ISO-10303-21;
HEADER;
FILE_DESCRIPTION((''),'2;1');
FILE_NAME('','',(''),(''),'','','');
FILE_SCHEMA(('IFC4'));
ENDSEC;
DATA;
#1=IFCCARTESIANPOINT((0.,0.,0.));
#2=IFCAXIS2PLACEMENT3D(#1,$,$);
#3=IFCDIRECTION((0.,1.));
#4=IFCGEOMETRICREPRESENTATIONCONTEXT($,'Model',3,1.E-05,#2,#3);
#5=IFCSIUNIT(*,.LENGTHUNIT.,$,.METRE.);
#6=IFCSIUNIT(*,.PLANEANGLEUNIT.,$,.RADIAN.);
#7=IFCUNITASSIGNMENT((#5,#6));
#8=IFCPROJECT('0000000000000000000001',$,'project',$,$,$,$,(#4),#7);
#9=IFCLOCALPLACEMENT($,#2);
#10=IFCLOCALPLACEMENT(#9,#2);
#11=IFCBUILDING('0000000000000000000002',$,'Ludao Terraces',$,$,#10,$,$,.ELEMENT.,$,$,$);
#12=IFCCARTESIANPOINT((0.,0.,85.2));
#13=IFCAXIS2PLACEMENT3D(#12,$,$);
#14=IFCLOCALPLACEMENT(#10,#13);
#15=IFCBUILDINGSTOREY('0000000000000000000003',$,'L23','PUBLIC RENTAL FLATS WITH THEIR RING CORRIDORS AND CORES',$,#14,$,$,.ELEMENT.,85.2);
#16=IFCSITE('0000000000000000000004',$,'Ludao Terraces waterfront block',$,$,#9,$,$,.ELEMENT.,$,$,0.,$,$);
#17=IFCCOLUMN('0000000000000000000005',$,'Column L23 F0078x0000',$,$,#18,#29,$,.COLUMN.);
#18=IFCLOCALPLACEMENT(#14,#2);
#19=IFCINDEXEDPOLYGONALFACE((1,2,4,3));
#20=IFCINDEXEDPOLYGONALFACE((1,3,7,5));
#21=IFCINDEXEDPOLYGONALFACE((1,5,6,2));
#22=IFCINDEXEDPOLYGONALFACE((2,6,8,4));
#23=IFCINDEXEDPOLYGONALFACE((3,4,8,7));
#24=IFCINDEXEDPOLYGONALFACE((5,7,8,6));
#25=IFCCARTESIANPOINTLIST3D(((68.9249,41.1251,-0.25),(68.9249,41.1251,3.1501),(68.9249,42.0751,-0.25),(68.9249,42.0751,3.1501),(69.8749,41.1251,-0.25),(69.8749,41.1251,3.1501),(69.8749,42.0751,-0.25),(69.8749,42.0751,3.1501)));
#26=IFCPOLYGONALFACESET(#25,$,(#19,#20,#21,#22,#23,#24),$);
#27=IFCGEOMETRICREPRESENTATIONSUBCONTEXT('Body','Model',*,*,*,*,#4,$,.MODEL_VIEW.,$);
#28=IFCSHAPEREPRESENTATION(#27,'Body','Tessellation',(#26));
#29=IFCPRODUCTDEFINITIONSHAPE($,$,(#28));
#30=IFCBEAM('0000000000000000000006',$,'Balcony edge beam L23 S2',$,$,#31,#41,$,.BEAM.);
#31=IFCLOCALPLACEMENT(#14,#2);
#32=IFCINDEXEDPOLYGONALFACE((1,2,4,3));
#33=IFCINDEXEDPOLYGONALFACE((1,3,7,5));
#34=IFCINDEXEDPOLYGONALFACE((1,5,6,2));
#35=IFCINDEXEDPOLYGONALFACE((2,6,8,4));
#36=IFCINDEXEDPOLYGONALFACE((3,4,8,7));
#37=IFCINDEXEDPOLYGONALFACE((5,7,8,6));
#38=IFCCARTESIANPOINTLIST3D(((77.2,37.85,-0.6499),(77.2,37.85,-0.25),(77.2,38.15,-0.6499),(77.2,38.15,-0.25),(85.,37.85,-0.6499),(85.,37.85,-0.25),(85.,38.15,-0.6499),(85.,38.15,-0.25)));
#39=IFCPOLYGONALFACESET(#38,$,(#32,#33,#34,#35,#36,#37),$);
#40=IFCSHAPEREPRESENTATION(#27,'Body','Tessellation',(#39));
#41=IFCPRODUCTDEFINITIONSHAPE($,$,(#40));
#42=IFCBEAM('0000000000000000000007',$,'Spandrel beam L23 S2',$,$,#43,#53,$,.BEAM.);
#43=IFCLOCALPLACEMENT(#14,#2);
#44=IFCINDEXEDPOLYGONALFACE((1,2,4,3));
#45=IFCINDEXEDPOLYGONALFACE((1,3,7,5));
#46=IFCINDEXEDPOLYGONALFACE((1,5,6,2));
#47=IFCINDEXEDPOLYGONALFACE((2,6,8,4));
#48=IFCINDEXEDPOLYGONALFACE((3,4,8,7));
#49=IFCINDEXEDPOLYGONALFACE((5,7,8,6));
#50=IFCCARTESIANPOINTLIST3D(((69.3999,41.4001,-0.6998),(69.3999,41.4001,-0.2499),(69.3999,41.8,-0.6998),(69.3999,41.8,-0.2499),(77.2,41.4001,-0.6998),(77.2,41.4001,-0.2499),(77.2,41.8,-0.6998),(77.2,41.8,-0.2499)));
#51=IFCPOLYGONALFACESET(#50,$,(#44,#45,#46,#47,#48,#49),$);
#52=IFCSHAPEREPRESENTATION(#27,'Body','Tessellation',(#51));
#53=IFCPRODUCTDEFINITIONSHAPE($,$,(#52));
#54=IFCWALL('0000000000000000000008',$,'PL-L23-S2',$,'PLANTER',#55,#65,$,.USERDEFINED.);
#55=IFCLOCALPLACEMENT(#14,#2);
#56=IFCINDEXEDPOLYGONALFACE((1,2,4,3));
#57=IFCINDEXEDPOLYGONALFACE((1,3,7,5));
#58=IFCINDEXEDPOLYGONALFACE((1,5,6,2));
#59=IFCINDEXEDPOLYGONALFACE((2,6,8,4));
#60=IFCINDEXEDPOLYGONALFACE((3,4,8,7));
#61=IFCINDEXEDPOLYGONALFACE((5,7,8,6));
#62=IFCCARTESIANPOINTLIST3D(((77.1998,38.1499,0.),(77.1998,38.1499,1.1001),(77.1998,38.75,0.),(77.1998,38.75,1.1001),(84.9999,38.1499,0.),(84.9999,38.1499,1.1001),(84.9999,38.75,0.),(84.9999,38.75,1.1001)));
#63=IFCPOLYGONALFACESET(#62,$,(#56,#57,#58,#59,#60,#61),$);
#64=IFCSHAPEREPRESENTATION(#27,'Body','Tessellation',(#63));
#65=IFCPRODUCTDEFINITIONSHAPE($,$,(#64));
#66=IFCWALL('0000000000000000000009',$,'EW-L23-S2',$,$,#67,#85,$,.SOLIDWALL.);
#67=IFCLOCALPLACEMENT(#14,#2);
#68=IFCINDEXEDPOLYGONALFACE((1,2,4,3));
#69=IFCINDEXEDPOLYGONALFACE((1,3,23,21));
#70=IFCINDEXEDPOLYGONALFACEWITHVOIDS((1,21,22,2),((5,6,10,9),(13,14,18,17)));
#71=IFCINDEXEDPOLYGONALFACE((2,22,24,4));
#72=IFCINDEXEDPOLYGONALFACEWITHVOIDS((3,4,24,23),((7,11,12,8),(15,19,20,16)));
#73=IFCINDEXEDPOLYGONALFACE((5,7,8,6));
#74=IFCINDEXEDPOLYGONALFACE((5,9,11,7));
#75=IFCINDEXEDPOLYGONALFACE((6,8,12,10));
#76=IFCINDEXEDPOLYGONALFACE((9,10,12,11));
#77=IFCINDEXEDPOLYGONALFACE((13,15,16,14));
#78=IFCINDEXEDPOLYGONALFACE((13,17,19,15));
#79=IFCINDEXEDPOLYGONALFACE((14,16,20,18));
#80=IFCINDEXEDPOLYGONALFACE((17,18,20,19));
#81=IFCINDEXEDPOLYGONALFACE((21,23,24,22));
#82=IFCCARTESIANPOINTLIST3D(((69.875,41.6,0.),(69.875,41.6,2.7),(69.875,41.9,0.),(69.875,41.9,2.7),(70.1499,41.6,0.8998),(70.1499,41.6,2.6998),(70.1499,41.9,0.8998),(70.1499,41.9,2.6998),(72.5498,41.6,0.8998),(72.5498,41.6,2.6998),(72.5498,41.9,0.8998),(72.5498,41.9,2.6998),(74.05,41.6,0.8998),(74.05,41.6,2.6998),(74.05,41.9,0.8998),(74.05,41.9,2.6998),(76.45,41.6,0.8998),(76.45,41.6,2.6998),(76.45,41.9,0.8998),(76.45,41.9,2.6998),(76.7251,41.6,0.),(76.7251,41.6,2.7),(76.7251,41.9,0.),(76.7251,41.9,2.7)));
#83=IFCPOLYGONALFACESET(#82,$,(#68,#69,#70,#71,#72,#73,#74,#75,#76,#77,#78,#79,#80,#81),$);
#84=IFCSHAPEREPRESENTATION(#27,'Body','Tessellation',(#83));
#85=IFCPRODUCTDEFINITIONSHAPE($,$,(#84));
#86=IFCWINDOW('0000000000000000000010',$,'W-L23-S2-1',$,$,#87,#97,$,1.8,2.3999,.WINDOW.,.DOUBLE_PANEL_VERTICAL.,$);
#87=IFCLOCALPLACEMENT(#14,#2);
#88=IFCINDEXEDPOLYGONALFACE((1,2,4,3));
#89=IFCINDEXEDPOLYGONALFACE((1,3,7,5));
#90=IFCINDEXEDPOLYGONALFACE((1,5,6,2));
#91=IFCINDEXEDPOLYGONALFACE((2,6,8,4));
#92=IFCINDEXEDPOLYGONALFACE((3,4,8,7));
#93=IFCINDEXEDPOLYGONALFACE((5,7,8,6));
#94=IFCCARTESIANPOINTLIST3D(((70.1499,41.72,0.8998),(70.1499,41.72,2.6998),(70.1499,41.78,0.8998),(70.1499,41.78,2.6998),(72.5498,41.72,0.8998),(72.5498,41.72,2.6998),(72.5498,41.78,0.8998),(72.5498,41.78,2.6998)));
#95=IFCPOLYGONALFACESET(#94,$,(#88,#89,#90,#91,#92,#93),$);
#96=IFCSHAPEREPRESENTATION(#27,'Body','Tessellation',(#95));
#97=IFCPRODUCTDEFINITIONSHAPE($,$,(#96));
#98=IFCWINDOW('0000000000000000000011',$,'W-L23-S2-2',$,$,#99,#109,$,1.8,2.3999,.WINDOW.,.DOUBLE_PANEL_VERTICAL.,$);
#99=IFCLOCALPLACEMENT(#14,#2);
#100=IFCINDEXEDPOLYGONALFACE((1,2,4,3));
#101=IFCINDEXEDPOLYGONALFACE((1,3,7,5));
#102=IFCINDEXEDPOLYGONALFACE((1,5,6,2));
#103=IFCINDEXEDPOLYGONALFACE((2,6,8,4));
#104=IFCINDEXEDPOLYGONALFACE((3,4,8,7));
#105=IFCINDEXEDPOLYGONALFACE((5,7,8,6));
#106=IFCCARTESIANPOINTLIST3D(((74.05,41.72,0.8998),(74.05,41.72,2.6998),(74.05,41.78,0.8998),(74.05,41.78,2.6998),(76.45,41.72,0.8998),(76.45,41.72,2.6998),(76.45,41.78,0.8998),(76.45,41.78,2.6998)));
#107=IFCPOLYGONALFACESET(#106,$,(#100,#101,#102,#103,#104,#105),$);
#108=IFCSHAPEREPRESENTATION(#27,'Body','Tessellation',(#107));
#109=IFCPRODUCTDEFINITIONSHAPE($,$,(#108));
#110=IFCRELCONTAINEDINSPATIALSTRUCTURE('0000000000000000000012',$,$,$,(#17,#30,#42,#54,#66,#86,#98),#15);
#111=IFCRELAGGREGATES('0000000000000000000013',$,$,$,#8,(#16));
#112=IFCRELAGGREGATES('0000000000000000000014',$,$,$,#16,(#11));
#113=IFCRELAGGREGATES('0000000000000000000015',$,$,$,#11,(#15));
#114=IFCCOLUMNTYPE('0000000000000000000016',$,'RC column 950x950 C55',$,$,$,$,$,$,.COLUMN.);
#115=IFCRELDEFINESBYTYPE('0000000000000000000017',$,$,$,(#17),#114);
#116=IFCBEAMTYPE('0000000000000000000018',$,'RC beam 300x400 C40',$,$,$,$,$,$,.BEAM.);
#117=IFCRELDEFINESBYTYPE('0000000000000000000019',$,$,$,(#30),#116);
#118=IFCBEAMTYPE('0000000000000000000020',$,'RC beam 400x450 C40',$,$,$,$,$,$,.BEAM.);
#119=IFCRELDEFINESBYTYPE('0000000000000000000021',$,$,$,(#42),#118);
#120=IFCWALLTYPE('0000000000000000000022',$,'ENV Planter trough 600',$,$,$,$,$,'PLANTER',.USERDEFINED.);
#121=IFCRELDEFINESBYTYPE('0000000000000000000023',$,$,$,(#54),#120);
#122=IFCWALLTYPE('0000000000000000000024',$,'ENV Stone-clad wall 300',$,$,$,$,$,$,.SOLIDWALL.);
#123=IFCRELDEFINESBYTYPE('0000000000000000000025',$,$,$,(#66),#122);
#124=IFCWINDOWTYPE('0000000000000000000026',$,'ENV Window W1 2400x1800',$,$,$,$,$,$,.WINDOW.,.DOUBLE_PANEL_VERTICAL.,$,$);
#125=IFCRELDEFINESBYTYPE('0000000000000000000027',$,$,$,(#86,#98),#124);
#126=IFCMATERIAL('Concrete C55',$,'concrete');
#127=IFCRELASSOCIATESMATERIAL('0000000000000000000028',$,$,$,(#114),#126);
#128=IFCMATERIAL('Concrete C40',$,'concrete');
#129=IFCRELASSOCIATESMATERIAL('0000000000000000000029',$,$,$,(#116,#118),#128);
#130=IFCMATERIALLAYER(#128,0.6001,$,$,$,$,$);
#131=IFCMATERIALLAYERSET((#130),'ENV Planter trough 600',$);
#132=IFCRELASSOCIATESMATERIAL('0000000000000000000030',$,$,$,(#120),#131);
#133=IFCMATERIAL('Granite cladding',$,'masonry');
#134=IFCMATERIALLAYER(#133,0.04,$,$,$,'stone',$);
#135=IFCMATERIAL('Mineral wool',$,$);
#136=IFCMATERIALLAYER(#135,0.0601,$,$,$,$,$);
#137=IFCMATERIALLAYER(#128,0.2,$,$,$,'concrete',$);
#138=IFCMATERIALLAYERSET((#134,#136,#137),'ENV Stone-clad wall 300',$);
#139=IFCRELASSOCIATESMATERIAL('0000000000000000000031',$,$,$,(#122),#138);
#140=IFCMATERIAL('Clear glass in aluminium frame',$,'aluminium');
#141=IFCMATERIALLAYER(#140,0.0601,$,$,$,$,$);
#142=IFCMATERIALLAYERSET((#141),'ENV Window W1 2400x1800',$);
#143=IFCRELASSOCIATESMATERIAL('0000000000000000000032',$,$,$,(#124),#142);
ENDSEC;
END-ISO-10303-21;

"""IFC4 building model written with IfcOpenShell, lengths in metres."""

from ifc_helpers import new_model, si_unit, direction, frame, frame_2d, origin, origin_2d, place, context, subcontext, project, spatial, rectangle, extrude, material, layer, layer_set, material_profile, profile_set, type_object, element, fill, save


model = new_model("IFC4")

# Units and contexts
model_context = context("Model", 3, precision=1e-05, world=origin(), true_north=direction((0.0, 1.0)))
body_context = subcontext(model_context, "Body", "Model", "MODEL_VIEW")
ifc_project = project(units=[si_unit("LENGTHUNIT", "METRE"), si_unit("PLANEANGLEUNIT", "RADIAN")], contexts=[model_context])

# Site, building, storey
site_placement = place(None, origin())
site = spatial("IfcSite", under=ifc_project, at=site_placement, Name="Ludao Terraces waterfront block", CompositionType="ELEMENT", RefElevation=0.0)
building_placement = place(site_placement, origin())
building = spatial("IfcBuilding", under=site, at=building_placement, Name="Ludao Terraces", CompositionType="ELEMENT")
storey_placement = place(building_placement, frame((0.0, 0.0, 85.2)))
storey = spatial("IfcBuildingStorey", under=building, at=storey_placement, Name="L23", Description="PUBLIC RENTAL FLATS WITH THEIR RING CORRIDORS AND CORES", CompositionType="ELEMENT", Elevation=85.2)

# Column
ifc_material_1 = material(Name="Concrete C55", Category="concrete")
ifc_material_profile_1 = material_profile(ifc_material_1, rectangle(XDim=0.95, YDim=0.95, at=origin_2d()), Name="950 X 950")
ifc_profile_set_1 = profile_set([ifc_material_profile_1], Name="Concrete C55")
column_type = type_object("IfcColumnType", Name="RC column 950x950 C55", PredefinedType="COLUMN", material=ifc_profile_set_1)
column_placement = place(storey_placement, frame((69.3999, 41.6001, -0.25), z_axis=(0.0, 0.0, 1.0), x_axis=(1.0, 0.0, 0.0)))
element("IfcColumn", 1, at=column_placement, inside=storey, type_object=column_type, Name="Column L23 F0078x0000", PredefinedType="COLUMN", context=body_context, shape_type="SweptSolid", body=[
    extrude(rectangle(XDim=0.95, YDim=0.95, at=origin_2d()), origin(), (0.0, 0.0, 1.0), 3.4001),
])

# Beams
ifc_material_2 = material(Name="Concrete C40", Category="concrete")
ifc_material_profile_2 = material_profile(ifc_material_2, rectangle(XDim=0.3, YDim=0.3999, at=origin_2d()), Name="300 X 400")
ifc_profile_set_2 = profile_set([ifc_material_profile_2], Name="Concrete C40")
beam_type_1 = type_object("IfcBeamType", Name="RC beam 300x400 C40", PredefinedType="BEAM", material=ifc_profile_set_2)
beam_1_placement = place(storey_placement, frame((77.2, 38.0, -0.45), z_axis=(1.0, 0.0, 0.0), x_axis=(0.0, 1.0, 0.0)))
element("IfcBeam", 2, at=beam_1_placement, inside=storey, type_object=beam_type_1, Name="Balcony edge beam L23 S2", PredefinedType="BEAM", context=body_context, shape_type="SweptSolid", body=[
    extrude(rectangle(XDim=0.3, YDim=0.3999, at=origin_2d()), origin(), (0.0, 0.0, 1.0), 7.8),
])
ifc_material_profile_3 = material_profile(ifc_material_2, rectangle(XDim=0.3999, YDim=0.45, at=origin_2d()), Name="400 X 450")
ifc_profile_set_3 = profile_set([ifc_material_profile_3], Name="Concrete C40")
beam_type_2 = type_object("IfcBeamType", Name="RC beam 400x450 C40", PredefinedType="BEAM", material=ifc_profile_set_3)
beam_2_placement = place(storey_placement, frame((69.3999, 41.6001, -0.4749), z_axis=(1.0, 0.0, 0.0), x_axis=(0.0, 1.0, 0.0)))
element("IfcBeam", 3, at=beam_2_placement, inside=storey, type_object=beam_type_2, Name="Spandrel beam L23 S2", PredefinedType="BEAM", context=body_context, shape_type="SweptSolid", body=[
    extrude(rectangle(XDim=0.3999, YDim=0.45, at=origin_2d()), origin(), (0.0, 0.0, 1.0), 7.8),
])

# Wall
ifc_layer_1 = layer(ifc_material_2, 0.6001)
ifc_layer_set_1 = layer_set([ifc_layer_1], Name="ENV Planter trough 600")
wall_type_1 = type_object("IfcWallType", Name="ENV Planter trough 600", ElementType="PLANTER", PredefinedType="USERDEFINED", material=ifc_layer_set_1)
wall_1_placement = place(storey_placement, frame((77.2, 38.45, 0.0), z_axis=(0.0, 0.0, 1.0), x_axis=(1.0, 0.0, 0.0)))
element("IfcWall", 4, at=wall_1_placement, inside=storey, type_object=wall_type_1, Name="PL-L23-S2", ObjectType="PLANTER", PredefinedType="USERDEFINED", context=body_context, shape_type="SweptSolid", body=[
    extrude(rectangle(XDim=7.8, YDim=0.6001, at=frame_2d((3.8999, 0.0))), origin(), (0.0, 0.0, 1.0), 1.1001),
])

# Wall, openings, windows
ifc_material_3 = material(Name="Granite cladding", Category="masonry")
ifc_layer_2 = layer(ifc_material_3, 0.04, Category="stone")
ifc_material_4 = material(Name="Mineral wool")
ifc_layer_3 = layer(ifc_material_4, 0.0601)
ifc_layer_4 = layer(ifc_material_2, 0.2, Category="concrete")
ifc_layer_set_2 = layer_set([ifc_layer_2, ifc_layer_3, ifc_layer_4], Name="ENV Stone-clad wall 300")
wall_type_2 = type_object("IfcWallType", Name="ENV Stone-clad wall 300", PredefinedType="SOLIDWALL", material=ifc_layer_set_2)
wall_2_placement = place(storey_placement, frame((69.875, 41.75, 0.0), z_axis=(0.0, 0.0, 1.0), x_axis=(1.0, 0.0, 0.0)))
wall_2 = element("IfcWall", 5, at=wall_2_placement, inside=storey, type_object=wall_type_2, Name="EW-L23-S2", PredefinedType="SOLIDWALL", context=body_context, shape_type="SweptSolid", body=[
    extrude(rectangle(XDim=6.8501, YDim=0.3, at=frame_2d((3.425, 0.0))), origin(), (0.0, 0.0, 1.0), 2.7),
])
opening_1_placement = place(wall_2_placement, frame((0.2749, 0.0, 0.8999)))
opening_1 = element("IfcOpeningElement", 6, at=opening_1_placement, cuts=wall_2, PredefinedType="OPENING", context=body_context, shape_type="SweptSolid", body=[
    extrude(rectangle(XDim=2.3999, YDim=1.8, at=frame_2d((1.2, 0.8999))), frame((0.0, 0.1602, 0.0), z_axis=(0.0, -1.0, 0.0), x_axis=(1.0, 0.0, 0.0)), (0.0, 0.0, 1.0), 0.3201),
])
opening_2_placement = place(wall_2_placement, frame((4.175, 0.0, 0.8999)))
opening_2 = element("IfcOpeningElement", 7, at=opening_2_placement, cuts=wall_2, PredefinedType="OPENING", context=body_context, shape_type="SweptSolid", body=[
    extrude(rectangle(XDim=2.3999, YDim=1.8, at=frame_2d((1.2, 0.8999))), frame((0.0, 0.1602, 0.0), z_axis=(0.0, -1.0, 0.0), x_axis=(1.0, 0.0, 0.0)), (0.0, 0.0, 1.0), 0.3201),
])
ifc_material_5 = material(Name="Clear glass in aluminium frame", Category="aluminium")
ifc_layer_5 = layer(ifc_material_5, 0.0601)
ifc_layer_set_3 = layer_set([ifc_layer_5], Name="ENV Window W1 2400x1800")
window_type = type_object("IfcWindowType", Name="ENV Window W1 2400x1800", PartitioningType="DOUBLE_PANEL_VERTICAL", PredefinedType="WINDOW", material=ifc_layer_set_3)
window_1_placement = place(opening_1_placement, origin())
window_1 = element("IfcWindow", 8, at=window_1_placement, inside=storey, type_object=window_type, Name="W-L23-S2-1", OverallHeight=1.8, OverallWidth=2.3999, PartitioningType="DOUBLE_PANEL_VERTICAL", PredefinedType="WINDOW", context=body_context, shape_type="SweptSolid", body=[
    extrude(rectangle(XDim=2.3999, YDim=1.8, at=frame_2d((1.2, 0.8999))), frame((0.0, 0.03, 0.0), z_axis=(0.0, -1.0, 0.0), x_axis=(1.0, 0.0, 0.0)), (0.0, 0.0, 1.0), 0.0601),
])
fill(opening_1, window_1)
window_2_placement = place(opening_2_placement, origin())
window_2 = element("IfcWindow", 9, at=window_2_placement, inside=storey, type_object=window_type, Name="W-L23-S2-2", OverallHeight=1.8, OverallWidth=2.3999, PartitioningType="DOUBLE_PANEL_VERTICAL", PredefinedType="WINDOW", context=body_context, shape_type="SweptSolid", body=[
    extrude(rectangle(XDim=2.3999, YDim=1.8, at=frame_2d((1.2, 0.8999))), frame((0.0, 0.03, 0.0), z_axis=(0.0, -1.0, 0.0), x_axis=(1.0, 0.0, 0.0)), (0.0, 0.0, 1.0), 0.0601),
])
fill(opening_2, window_2)

save(model, "model.ifc")
